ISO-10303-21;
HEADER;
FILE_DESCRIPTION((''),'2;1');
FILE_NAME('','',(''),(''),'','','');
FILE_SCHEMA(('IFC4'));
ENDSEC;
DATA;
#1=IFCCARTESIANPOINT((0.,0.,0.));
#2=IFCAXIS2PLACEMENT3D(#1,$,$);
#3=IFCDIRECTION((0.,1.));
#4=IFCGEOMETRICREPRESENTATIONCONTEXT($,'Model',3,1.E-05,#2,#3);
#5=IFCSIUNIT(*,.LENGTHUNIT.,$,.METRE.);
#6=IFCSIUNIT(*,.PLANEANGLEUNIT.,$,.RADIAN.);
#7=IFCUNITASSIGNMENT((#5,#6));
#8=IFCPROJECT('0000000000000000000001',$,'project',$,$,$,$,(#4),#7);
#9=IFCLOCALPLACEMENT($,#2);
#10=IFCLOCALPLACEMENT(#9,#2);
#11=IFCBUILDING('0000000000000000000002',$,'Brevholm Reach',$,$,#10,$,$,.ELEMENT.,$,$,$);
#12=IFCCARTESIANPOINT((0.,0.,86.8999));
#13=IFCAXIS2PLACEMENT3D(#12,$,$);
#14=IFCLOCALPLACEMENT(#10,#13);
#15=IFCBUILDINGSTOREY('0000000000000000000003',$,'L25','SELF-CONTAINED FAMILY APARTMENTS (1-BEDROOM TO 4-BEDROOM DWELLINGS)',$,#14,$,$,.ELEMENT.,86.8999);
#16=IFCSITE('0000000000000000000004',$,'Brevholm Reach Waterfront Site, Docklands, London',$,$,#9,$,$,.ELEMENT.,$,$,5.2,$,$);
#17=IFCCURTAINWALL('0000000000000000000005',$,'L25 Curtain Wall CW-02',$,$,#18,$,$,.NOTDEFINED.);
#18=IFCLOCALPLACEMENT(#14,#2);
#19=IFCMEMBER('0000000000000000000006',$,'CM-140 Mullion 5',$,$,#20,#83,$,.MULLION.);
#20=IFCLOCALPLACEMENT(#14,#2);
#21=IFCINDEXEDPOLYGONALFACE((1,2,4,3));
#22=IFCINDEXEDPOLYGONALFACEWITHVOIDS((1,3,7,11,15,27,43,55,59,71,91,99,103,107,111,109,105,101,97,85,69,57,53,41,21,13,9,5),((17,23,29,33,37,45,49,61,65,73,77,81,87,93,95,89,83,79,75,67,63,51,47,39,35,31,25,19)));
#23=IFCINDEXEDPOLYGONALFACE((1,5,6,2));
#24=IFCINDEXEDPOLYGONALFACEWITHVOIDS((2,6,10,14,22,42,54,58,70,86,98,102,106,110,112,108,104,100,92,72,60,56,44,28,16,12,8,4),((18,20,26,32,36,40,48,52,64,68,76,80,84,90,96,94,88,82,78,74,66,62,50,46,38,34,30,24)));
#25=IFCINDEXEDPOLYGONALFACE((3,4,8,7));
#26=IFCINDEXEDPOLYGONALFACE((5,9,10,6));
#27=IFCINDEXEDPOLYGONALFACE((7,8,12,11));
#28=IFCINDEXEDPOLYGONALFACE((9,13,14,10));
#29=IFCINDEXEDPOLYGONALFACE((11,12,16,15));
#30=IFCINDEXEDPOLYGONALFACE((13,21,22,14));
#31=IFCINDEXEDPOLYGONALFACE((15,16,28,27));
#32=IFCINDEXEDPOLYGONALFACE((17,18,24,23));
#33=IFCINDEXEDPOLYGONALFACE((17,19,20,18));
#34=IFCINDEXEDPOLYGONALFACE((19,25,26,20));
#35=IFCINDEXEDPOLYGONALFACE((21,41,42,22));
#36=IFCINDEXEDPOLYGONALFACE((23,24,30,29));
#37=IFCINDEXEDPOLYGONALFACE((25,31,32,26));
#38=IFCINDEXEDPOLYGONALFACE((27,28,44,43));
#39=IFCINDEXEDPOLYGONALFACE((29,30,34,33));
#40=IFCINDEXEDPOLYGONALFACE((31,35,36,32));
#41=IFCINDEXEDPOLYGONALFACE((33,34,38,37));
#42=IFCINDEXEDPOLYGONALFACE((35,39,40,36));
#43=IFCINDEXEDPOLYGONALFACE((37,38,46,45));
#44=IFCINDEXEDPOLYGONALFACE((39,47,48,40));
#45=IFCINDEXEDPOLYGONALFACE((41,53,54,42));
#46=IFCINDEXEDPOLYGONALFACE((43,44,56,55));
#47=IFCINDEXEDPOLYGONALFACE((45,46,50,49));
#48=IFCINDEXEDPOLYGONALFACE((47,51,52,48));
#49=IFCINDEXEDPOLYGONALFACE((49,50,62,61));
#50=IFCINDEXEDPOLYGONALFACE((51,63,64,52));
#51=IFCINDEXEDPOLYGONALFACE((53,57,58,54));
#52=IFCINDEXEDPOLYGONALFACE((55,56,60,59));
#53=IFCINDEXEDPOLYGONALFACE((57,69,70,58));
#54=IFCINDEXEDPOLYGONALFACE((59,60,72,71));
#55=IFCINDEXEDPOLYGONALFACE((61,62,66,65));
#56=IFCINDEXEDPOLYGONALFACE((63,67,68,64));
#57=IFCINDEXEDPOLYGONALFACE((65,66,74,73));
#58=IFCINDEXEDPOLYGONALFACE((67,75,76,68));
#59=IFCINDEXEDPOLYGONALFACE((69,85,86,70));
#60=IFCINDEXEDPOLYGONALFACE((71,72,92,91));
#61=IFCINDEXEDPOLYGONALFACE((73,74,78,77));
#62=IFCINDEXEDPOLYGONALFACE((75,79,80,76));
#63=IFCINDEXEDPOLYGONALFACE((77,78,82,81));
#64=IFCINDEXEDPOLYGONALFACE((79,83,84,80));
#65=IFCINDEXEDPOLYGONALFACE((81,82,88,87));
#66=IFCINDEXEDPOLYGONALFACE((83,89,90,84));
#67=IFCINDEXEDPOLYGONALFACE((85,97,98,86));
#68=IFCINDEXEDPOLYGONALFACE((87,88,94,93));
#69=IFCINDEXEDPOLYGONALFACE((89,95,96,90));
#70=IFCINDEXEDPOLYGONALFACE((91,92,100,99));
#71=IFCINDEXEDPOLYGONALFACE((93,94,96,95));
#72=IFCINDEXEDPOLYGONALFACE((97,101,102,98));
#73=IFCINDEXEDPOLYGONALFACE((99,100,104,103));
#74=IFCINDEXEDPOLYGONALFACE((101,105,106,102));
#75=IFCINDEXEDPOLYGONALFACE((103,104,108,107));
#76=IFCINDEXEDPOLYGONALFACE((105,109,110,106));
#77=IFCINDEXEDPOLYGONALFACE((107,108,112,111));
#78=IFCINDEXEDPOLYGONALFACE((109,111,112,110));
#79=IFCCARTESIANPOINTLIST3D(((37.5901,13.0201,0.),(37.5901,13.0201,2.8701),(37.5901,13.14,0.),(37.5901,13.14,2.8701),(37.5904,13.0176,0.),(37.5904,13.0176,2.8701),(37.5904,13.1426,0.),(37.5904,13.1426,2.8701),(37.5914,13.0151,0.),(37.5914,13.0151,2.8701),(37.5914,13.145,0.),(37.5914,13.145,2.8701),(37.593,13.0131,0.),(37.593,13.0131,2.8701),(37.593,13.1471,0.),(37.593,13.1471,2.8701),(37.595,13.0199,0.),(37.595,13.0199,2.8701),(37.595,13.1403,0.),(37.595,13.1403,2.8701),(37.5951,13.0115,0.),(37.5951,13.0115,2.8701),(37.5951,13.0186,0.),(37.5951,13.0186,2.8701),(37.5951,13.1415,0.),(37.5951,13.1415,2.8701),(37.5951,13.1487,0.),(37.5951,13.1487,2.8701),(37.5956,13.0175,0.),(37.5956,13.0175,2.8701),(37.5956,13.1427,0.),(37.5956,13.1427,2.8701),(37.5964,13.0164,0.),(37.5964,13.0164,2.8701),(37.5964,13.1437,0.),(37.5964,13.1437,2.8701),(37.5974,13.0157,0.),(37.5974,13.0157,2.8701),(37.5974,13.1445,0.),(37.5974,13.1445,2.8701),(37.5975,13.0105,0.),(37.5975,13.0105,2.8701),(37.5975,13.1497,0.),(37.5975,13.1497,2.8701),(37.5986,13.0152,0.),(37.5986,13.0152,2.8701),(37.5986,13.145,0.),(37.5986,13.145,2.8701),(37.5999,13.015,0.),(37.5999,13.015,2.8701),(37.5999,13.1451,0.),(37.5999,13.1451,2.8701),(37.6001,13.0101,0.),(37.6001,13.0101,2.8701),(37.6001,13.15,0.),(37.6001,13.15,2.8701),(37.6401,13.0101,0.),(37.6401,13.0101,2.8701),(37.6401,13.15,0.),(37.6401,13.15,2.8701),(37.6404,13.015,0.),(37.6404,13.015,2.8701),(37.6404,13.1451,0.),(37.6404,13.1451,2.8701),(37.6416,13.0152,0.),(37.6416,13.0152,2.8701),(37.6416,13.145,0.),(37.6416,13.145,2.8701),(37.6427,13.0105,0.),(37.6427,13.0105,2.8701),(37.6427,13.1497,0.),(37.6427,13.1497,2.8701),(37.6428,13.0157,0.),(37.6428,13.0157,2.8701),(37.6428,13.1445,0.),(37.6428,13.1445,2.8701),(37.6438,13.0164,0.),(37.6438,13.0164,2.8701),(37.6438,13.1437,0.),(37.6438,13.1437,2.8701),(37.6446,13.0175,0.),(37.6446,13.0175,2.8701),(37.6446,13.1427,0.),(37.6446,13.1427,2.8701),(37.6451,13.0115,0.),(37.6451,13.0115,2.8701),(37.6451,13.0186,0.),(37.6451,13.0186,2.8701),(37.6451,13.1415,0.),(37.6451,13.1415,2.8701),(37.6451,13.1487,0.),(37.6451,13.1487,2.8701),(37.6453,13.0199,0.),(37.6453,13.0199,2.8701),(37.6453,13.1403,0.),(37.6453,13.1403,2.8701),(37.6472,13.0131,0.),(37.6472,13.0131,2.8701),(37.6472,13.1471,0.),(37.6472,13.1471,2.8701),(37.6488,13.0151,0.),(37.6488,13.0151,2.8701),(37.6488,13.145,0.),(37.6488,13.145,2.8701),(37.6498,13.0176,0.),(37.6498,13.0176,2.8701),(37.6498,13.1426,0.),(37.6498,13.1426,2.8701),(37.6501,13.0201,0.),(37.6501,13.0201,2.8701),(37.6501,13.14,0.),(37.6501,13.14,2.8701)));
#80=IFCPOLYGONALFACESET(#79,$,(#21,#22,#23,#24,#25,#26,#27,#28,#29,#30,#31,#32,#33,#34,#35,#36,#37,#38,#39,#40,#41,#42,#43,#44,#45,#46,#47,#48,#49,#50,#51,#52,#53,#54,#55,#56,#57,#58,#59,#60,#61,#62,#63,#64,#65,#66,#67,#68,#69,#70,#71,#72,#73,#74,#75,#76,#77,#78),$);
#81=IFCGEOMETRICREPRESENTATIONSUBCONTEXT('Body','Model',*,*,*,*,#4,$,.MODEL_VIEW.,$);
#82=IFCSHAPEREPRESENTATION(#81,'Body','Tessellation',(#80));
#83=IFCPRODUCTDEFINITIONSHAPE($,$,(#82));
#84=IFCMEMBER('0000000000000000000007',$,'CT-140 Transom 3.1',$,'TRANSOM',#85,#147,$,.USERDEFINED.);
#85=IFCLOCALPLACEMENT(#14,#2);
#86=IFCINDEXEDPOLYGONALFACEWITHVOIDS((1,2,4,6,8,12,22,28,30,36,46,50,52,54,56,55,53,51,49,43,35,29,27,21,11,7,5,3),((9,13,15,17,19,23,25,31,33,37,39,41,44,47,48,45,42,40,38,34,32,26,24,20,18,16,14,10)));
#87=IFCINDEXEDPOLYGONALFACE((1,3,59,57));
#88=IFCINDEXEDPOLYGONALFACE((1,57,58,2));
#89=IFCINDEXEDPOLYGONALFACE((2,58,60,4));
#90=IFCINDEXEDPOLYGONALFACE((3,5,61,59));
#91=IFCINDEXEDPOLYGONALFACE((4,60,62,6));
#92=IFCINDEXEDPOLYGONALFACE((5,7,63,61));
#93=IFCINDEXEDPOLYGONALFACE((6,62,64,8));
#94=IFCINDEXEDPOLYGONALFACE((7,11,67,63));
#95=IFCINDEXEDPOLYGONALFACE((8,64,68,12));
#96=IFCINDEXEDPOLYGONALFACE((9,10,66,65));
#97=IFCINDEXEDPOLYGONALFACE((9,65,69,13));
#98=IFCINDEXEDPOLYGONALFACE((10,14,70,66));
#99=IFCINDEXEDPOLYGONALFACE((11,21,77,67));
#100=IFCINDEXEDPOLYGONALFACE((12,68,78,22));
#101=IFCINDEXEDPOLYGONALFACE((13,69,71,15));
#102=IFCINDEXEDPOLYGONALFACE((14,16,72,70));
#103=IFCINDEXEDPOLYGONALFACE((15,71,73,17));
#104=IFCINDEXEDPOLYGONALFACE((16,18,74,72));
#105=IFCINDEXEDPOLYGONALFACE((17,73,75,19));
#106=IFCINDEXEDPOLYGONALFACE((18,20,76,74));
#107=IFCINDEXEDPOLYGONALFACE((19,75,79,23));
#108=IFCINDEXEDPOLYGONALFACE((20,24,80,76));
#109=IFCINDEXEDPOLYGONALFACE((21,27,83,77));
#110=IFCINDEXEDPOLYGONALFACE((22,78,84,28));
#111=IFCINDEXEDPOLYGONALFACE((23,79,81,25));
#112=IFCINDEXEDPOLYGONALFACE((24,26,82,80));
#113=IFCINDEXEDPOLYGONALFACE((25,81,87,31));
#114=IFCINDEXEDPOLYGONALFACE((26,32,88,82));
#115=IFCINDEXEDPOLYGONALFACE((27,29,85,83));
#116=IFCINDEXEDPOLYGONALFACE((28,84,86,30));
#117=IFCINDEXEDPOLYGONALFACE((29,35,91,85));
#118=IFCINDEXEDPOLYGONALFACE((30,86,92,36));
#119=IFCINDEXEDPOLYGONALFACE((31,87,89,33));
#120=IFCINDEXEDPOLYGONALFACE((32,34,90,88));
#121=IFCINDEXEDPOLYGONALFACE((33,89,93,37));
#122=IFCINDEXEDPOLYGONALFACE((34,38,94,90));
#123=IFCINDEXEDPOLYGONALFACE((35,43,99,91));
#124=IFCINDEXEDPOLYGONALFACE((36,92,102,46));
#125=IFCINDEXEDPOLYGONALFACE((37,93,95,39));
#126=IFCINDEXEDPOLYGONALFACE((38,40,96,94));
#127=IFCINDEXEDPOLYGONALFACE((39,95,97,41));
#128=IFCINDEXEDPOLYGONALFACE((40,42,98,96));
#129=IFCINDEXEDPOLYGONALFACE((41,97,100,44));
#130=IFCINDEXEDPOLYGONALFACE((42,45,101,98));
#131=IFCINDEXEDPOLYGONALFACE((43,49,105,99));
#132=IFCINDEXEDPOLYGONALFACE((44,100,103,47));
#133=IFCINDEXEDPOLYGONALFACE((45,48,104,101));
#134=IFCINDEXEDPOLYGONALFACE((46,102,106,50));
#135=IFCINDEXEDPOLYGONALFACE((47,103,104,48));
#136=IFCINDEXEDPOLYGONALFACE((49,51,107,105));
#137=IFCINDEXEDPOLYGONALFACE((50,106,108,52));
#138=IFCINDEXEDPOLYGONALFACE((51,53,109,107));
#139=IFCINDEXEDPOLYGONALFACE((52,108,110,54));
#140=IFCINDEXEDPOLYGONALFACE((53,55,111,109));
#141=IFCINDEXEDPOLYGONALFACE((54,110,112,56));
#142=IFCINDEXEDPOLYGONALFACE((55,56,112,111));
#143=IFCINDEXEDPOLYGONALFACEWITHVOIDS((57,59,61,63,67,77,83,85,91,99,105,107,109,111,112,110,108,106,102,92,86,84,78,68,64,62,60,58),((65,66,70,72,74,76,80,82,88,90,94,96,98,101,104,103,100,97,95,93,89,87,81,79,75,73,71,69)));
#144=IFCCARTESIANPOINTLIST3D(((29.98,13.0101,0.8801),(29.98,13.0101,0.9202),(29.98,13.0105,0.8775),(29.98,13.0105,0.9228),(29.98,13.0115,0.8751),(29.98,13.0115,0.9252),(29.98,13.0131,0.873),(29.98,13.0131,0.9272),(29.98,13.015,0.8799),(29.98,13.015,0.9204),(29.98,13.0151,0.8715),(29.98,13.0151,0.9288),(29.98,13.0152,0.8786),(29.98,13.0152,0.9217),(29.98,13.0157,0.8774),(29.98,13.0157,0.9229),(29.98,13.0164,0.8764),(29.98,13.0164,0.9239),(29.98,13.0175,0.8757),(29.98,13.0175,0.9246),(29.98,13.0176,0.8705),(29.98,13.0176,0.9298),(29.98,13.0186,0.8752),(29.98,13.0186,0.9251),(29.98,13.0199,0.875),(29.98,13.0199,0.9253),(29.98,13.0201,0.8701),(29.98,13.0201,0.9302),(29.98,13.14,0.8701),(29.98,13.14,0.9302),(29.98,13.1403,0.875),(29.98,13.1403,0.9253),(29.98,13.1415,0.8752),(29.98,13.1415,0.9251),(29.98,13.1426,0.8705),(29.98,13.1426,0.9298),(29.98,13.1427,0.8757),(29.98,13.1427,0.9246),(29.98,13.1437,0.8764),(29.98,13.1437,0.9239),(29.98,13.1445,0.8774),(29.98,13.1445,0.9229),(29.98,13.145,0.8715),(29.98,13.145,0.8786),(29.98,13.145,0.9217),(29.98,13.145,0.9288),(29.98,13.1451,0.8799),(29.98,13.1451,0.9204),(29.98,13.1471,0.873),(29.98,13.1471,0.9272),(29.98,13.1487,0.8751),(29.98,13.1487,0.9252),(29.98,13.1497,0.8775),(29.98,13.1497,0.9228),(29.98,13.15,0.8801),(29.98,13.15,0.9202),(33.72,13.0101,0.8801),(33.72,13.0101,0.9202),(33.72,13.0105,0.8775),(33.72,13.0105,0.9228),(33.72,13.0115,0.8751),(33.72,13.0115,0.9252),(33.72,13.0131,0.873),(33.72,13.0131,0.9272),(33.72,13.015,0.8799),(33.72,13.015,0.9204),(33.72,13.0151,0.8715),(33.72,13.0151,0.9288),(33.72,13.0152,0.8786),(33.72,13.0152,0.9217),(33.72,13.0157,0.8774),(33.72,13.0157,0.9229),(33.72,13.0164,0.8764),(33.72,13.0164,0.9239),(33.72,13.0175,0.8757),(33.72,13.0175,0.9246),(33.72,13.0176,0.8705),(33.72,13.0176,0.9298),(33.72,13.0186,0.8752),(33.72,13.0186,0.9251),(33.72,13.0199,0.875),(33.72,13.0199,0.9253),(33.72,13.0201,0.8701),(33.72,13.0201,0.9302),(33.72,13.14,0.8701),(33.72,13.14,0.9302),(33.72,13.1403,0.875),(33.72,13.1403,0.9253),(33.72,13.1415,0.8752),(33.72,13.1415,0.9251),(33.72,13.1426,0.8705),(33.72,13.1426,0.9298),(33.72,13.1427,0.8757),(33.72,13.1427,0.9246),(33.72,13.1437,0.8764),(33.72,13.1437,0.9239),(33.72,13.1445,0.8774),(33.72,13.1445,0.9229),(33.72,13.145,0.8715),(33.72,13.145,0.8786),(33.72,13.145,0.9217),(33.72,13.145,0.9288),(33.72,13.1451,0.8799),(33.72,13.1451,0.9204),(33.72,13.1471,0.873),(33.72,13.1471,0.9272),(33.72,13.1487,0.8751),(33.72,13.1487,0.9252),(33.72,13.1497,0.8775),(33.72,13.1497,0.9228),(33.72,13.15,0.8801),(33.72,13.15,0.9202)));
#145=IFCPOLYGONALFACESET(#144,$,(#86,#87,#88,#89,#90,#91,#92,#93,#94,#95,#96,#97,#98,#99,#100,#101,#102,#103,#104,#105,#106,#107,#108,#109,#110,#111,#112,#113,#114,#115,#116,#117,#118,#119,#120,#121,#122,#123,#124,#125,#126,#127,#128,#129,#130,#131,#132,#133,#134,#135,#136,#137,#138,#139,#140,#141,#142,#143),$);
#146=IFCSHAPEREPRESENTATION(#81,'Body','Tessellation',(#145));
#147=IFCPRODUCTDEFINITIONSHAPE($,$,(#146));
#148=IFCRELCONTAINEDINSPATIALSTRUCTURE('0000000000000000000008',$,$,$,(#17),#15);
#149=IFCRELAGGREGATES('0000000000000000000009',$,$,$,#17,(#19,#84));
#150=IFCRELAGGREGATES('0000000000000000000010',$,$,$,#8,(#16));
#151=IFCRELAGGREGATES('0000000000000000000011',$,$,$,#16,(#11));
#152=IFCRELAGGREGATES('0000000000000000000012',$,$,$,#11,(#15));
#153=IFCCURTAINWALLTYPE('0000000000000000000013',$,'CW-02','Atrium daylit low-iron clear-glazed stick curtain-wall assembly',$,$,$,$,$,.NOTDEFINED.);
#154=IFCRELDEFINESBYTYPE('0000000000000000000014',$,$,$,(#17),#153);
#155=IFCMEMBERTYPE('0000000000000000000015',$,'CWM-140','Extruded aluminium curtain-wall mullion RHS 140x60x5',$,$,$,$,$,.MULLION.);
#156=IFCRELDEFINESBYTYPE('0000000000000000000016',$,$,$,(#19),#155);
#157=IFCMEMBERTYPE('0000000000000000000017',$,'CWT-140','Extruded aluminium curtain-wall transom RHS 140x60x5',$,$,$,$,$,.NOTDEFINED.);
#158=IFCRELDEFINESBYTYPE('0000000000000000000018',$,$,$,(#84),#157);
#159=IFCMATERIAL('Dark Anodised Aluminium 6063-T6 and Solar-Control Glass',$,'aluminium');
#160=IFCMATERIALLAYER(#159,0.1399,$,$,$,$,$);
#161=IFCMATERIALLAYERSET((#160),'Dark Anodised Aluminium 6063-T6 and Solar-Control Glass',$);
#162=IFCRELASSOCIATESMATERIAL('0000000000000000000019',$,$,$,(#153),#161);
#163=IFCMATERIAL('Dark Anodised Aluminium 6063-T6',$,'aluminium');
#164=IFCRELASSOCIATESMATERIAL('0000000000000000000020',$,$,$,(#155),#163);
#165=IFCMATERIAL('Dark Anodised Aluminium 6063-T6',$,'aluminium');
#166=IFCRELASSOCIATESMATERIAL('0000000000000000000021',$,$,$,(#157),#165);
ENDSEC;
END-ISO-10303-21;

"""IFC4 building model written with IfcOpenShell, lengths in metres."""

from ifc_helpers import new_model, si_unit, direction, frame, origin, origin_2d, place, context, subcontext, project, spatial, hollow_rectangle, extrude, material, layer, layer_set, material_profile, profile_set, type_object, element, aggregate, save


model = new_model("IFC4")

# Units and contexts
model_context = context("Model", 3, precision=1e-05, world=origin(), true_north=direction((0.0, 1.0)))
body_context = subcontext(model_context, "Body", "Model", "MODEL_VIEW")
ifc_project = project(units=[si_unit("LENGTHUNIT", "METRE"), si_unit("PLANEANGLEUNIT", "RADIAN")], contexts=[model_context])

# Site, building, storey
site_placement = place(None, origin())
site = spatial("IfcSite", under=ifc_project, at=site_placement, Name="Brevholm Reach Waterfront Site, Docklands, London", CompositionType="ELEMENT", RefElevation=5.2)
building_placement = place(site_placement, origin())
building = spatial("IfcBuilding", under=site, at=building_placement, Name="Brevholm Reach", CompositionType="ELEMENT")
storey_placement = place(building_placement, frame((0.0, 0.0, 86.8999)))
storey = spatial("IfcBuildingStorey", under=building, at=storey_placement, Name="L25", Description="SELF-CONTAINED FAMILY APARTMENTS (1-BEDROOM TO 4-BEDROOM DWELLINGS)", CompositionType="ELEMENT", Elevation=86.8999)

# Curtain wall, members
ifc_material_1 = material(Name="Dark Anodised Aluminium 6063-T6 and Solar-Control Glass", Category="aluminium")
ifc_layer_1 = layer(ifc_material_1, 0.1399)
ifc_layer_set_1 = layer_set([ifc_layer_1], Name="Dark Anodised Aluminium 6063-T6 and Solar-Control Glass")
curtain_wall_type = type_object("IfcCurtainWallType", Name="CW-02", Description="Atrium daylit low-iron clear-glazed stick curtain-wall assembly", PredefinedType="NOTDEFINED", material=ifc_layer_set_1)
curtain_wall_placement = place(storey_placement, origin())
curtain_wall = element("IfcCurtainWall", 1, at=curtain_wall_placement, inside=storey, type_object=curtain_wall_type, Name="L25 Curtain Wall CW-02", PredefinedType="NOTDEFINED")
ifc_material_2 = material(Name="Dark Anodised Aluminium 6063-T6", Category="aluminium")
ifc_material_profile_1 = material_profile(ifc_material_2, hollow_rectangle(XDim=0.0601, YDim=0.1399, WallThickness=0.0049, InnerFilletRadius=0.0049, OuterFilletRadius=0.01, at=origin_2d()), Name="RHS 140x60x5")
ifc_profile_set_1 = profile_set([ifc_material_profile_1], Name="Dark Anodised Aluminium 6063-T6")
member_type_1 = type_object("IfcMemberType", Name="CWM-140", Description="Extruded aluminium curtain-wall mullion RHS 140x60x5", PredefinedType="MULLION", material=ifc_profile_set_1)
member_1_placement = place(storey_placement, frame((37.6201, 13.0801, 0.0), z_axis=(0.0, 0.0, 1.0), x_axis=(1.0, 0.0, 0.0)))
member_1 = element("IfcMember", 2, at=member_1_placement, type_object=member_type_1, Name="CM-140 Mullion 5", PredefinedType="MULLION", context=body_context, shape_type="SweptSolid", body=[
    extrude(hollow_rectangle(XDim=0.0601, YDim=0.1399, WallThickness=0.0049, InnerFilletRadius=0.0049, OuterFilletRadius=0.01, at=origin_2d()), origin(), (0.0, 0.0, 1.0), 2.8701),
])
ifc_material_3 = material(Name="Dark Anodised Aluminium 6063-T6", Category="aluminium")
ifc_material_profile_2 = material_profile(ifc_material_3, hollow_rectangle(XDim=0.0601, YDim=0.1399, WallThickness=0.0049, InnerFilletRadius=0.0049, OuterFilletRadius=0.01, at=origin_2d()), Name="RHS 140x60x5")
ifc_profile_set_2 = profile_set([ifc_material_profile_2], Name="Dark Anodised Aluminium 6063-T6")
member_type_2 = type_object("IfcMemberType", Name="CWT-140", Description="Extruded aluminium curtain-wall transom RHS 140x60x5", PredefinedType="NOTDEFINED", material=ifc_profile_set_2)
member_2_placement = place(storey_placement, frame((29.98, 13.0801, 0.9001), z_axis=(1.0, 0.0, 0.0), x_axis=(0.0, 0.0, 1.0)))
member_2 = element("IfcMember", 3, at=member_2_placement, type_object=member_type_2, Name="CT-140 Transom 3.1", ObjectType="TRANSOM", PredefinedType="USERDEFINED", context=body_context, shape_type="SweptSolid", body=[
    extrude(hollow_rectangle(XDim=0.0601, YDim=0.1399, WallThickness=0.0049, InnerFilletRadius=0.0049, OuterFilletRadius=0.01, at=origin_2d()), origin(), (0.0, 0.0, 1.0), 3.74),
])
aggregate(curtain_wall, [member_1, member_2])

save(model, "model.ifc")
